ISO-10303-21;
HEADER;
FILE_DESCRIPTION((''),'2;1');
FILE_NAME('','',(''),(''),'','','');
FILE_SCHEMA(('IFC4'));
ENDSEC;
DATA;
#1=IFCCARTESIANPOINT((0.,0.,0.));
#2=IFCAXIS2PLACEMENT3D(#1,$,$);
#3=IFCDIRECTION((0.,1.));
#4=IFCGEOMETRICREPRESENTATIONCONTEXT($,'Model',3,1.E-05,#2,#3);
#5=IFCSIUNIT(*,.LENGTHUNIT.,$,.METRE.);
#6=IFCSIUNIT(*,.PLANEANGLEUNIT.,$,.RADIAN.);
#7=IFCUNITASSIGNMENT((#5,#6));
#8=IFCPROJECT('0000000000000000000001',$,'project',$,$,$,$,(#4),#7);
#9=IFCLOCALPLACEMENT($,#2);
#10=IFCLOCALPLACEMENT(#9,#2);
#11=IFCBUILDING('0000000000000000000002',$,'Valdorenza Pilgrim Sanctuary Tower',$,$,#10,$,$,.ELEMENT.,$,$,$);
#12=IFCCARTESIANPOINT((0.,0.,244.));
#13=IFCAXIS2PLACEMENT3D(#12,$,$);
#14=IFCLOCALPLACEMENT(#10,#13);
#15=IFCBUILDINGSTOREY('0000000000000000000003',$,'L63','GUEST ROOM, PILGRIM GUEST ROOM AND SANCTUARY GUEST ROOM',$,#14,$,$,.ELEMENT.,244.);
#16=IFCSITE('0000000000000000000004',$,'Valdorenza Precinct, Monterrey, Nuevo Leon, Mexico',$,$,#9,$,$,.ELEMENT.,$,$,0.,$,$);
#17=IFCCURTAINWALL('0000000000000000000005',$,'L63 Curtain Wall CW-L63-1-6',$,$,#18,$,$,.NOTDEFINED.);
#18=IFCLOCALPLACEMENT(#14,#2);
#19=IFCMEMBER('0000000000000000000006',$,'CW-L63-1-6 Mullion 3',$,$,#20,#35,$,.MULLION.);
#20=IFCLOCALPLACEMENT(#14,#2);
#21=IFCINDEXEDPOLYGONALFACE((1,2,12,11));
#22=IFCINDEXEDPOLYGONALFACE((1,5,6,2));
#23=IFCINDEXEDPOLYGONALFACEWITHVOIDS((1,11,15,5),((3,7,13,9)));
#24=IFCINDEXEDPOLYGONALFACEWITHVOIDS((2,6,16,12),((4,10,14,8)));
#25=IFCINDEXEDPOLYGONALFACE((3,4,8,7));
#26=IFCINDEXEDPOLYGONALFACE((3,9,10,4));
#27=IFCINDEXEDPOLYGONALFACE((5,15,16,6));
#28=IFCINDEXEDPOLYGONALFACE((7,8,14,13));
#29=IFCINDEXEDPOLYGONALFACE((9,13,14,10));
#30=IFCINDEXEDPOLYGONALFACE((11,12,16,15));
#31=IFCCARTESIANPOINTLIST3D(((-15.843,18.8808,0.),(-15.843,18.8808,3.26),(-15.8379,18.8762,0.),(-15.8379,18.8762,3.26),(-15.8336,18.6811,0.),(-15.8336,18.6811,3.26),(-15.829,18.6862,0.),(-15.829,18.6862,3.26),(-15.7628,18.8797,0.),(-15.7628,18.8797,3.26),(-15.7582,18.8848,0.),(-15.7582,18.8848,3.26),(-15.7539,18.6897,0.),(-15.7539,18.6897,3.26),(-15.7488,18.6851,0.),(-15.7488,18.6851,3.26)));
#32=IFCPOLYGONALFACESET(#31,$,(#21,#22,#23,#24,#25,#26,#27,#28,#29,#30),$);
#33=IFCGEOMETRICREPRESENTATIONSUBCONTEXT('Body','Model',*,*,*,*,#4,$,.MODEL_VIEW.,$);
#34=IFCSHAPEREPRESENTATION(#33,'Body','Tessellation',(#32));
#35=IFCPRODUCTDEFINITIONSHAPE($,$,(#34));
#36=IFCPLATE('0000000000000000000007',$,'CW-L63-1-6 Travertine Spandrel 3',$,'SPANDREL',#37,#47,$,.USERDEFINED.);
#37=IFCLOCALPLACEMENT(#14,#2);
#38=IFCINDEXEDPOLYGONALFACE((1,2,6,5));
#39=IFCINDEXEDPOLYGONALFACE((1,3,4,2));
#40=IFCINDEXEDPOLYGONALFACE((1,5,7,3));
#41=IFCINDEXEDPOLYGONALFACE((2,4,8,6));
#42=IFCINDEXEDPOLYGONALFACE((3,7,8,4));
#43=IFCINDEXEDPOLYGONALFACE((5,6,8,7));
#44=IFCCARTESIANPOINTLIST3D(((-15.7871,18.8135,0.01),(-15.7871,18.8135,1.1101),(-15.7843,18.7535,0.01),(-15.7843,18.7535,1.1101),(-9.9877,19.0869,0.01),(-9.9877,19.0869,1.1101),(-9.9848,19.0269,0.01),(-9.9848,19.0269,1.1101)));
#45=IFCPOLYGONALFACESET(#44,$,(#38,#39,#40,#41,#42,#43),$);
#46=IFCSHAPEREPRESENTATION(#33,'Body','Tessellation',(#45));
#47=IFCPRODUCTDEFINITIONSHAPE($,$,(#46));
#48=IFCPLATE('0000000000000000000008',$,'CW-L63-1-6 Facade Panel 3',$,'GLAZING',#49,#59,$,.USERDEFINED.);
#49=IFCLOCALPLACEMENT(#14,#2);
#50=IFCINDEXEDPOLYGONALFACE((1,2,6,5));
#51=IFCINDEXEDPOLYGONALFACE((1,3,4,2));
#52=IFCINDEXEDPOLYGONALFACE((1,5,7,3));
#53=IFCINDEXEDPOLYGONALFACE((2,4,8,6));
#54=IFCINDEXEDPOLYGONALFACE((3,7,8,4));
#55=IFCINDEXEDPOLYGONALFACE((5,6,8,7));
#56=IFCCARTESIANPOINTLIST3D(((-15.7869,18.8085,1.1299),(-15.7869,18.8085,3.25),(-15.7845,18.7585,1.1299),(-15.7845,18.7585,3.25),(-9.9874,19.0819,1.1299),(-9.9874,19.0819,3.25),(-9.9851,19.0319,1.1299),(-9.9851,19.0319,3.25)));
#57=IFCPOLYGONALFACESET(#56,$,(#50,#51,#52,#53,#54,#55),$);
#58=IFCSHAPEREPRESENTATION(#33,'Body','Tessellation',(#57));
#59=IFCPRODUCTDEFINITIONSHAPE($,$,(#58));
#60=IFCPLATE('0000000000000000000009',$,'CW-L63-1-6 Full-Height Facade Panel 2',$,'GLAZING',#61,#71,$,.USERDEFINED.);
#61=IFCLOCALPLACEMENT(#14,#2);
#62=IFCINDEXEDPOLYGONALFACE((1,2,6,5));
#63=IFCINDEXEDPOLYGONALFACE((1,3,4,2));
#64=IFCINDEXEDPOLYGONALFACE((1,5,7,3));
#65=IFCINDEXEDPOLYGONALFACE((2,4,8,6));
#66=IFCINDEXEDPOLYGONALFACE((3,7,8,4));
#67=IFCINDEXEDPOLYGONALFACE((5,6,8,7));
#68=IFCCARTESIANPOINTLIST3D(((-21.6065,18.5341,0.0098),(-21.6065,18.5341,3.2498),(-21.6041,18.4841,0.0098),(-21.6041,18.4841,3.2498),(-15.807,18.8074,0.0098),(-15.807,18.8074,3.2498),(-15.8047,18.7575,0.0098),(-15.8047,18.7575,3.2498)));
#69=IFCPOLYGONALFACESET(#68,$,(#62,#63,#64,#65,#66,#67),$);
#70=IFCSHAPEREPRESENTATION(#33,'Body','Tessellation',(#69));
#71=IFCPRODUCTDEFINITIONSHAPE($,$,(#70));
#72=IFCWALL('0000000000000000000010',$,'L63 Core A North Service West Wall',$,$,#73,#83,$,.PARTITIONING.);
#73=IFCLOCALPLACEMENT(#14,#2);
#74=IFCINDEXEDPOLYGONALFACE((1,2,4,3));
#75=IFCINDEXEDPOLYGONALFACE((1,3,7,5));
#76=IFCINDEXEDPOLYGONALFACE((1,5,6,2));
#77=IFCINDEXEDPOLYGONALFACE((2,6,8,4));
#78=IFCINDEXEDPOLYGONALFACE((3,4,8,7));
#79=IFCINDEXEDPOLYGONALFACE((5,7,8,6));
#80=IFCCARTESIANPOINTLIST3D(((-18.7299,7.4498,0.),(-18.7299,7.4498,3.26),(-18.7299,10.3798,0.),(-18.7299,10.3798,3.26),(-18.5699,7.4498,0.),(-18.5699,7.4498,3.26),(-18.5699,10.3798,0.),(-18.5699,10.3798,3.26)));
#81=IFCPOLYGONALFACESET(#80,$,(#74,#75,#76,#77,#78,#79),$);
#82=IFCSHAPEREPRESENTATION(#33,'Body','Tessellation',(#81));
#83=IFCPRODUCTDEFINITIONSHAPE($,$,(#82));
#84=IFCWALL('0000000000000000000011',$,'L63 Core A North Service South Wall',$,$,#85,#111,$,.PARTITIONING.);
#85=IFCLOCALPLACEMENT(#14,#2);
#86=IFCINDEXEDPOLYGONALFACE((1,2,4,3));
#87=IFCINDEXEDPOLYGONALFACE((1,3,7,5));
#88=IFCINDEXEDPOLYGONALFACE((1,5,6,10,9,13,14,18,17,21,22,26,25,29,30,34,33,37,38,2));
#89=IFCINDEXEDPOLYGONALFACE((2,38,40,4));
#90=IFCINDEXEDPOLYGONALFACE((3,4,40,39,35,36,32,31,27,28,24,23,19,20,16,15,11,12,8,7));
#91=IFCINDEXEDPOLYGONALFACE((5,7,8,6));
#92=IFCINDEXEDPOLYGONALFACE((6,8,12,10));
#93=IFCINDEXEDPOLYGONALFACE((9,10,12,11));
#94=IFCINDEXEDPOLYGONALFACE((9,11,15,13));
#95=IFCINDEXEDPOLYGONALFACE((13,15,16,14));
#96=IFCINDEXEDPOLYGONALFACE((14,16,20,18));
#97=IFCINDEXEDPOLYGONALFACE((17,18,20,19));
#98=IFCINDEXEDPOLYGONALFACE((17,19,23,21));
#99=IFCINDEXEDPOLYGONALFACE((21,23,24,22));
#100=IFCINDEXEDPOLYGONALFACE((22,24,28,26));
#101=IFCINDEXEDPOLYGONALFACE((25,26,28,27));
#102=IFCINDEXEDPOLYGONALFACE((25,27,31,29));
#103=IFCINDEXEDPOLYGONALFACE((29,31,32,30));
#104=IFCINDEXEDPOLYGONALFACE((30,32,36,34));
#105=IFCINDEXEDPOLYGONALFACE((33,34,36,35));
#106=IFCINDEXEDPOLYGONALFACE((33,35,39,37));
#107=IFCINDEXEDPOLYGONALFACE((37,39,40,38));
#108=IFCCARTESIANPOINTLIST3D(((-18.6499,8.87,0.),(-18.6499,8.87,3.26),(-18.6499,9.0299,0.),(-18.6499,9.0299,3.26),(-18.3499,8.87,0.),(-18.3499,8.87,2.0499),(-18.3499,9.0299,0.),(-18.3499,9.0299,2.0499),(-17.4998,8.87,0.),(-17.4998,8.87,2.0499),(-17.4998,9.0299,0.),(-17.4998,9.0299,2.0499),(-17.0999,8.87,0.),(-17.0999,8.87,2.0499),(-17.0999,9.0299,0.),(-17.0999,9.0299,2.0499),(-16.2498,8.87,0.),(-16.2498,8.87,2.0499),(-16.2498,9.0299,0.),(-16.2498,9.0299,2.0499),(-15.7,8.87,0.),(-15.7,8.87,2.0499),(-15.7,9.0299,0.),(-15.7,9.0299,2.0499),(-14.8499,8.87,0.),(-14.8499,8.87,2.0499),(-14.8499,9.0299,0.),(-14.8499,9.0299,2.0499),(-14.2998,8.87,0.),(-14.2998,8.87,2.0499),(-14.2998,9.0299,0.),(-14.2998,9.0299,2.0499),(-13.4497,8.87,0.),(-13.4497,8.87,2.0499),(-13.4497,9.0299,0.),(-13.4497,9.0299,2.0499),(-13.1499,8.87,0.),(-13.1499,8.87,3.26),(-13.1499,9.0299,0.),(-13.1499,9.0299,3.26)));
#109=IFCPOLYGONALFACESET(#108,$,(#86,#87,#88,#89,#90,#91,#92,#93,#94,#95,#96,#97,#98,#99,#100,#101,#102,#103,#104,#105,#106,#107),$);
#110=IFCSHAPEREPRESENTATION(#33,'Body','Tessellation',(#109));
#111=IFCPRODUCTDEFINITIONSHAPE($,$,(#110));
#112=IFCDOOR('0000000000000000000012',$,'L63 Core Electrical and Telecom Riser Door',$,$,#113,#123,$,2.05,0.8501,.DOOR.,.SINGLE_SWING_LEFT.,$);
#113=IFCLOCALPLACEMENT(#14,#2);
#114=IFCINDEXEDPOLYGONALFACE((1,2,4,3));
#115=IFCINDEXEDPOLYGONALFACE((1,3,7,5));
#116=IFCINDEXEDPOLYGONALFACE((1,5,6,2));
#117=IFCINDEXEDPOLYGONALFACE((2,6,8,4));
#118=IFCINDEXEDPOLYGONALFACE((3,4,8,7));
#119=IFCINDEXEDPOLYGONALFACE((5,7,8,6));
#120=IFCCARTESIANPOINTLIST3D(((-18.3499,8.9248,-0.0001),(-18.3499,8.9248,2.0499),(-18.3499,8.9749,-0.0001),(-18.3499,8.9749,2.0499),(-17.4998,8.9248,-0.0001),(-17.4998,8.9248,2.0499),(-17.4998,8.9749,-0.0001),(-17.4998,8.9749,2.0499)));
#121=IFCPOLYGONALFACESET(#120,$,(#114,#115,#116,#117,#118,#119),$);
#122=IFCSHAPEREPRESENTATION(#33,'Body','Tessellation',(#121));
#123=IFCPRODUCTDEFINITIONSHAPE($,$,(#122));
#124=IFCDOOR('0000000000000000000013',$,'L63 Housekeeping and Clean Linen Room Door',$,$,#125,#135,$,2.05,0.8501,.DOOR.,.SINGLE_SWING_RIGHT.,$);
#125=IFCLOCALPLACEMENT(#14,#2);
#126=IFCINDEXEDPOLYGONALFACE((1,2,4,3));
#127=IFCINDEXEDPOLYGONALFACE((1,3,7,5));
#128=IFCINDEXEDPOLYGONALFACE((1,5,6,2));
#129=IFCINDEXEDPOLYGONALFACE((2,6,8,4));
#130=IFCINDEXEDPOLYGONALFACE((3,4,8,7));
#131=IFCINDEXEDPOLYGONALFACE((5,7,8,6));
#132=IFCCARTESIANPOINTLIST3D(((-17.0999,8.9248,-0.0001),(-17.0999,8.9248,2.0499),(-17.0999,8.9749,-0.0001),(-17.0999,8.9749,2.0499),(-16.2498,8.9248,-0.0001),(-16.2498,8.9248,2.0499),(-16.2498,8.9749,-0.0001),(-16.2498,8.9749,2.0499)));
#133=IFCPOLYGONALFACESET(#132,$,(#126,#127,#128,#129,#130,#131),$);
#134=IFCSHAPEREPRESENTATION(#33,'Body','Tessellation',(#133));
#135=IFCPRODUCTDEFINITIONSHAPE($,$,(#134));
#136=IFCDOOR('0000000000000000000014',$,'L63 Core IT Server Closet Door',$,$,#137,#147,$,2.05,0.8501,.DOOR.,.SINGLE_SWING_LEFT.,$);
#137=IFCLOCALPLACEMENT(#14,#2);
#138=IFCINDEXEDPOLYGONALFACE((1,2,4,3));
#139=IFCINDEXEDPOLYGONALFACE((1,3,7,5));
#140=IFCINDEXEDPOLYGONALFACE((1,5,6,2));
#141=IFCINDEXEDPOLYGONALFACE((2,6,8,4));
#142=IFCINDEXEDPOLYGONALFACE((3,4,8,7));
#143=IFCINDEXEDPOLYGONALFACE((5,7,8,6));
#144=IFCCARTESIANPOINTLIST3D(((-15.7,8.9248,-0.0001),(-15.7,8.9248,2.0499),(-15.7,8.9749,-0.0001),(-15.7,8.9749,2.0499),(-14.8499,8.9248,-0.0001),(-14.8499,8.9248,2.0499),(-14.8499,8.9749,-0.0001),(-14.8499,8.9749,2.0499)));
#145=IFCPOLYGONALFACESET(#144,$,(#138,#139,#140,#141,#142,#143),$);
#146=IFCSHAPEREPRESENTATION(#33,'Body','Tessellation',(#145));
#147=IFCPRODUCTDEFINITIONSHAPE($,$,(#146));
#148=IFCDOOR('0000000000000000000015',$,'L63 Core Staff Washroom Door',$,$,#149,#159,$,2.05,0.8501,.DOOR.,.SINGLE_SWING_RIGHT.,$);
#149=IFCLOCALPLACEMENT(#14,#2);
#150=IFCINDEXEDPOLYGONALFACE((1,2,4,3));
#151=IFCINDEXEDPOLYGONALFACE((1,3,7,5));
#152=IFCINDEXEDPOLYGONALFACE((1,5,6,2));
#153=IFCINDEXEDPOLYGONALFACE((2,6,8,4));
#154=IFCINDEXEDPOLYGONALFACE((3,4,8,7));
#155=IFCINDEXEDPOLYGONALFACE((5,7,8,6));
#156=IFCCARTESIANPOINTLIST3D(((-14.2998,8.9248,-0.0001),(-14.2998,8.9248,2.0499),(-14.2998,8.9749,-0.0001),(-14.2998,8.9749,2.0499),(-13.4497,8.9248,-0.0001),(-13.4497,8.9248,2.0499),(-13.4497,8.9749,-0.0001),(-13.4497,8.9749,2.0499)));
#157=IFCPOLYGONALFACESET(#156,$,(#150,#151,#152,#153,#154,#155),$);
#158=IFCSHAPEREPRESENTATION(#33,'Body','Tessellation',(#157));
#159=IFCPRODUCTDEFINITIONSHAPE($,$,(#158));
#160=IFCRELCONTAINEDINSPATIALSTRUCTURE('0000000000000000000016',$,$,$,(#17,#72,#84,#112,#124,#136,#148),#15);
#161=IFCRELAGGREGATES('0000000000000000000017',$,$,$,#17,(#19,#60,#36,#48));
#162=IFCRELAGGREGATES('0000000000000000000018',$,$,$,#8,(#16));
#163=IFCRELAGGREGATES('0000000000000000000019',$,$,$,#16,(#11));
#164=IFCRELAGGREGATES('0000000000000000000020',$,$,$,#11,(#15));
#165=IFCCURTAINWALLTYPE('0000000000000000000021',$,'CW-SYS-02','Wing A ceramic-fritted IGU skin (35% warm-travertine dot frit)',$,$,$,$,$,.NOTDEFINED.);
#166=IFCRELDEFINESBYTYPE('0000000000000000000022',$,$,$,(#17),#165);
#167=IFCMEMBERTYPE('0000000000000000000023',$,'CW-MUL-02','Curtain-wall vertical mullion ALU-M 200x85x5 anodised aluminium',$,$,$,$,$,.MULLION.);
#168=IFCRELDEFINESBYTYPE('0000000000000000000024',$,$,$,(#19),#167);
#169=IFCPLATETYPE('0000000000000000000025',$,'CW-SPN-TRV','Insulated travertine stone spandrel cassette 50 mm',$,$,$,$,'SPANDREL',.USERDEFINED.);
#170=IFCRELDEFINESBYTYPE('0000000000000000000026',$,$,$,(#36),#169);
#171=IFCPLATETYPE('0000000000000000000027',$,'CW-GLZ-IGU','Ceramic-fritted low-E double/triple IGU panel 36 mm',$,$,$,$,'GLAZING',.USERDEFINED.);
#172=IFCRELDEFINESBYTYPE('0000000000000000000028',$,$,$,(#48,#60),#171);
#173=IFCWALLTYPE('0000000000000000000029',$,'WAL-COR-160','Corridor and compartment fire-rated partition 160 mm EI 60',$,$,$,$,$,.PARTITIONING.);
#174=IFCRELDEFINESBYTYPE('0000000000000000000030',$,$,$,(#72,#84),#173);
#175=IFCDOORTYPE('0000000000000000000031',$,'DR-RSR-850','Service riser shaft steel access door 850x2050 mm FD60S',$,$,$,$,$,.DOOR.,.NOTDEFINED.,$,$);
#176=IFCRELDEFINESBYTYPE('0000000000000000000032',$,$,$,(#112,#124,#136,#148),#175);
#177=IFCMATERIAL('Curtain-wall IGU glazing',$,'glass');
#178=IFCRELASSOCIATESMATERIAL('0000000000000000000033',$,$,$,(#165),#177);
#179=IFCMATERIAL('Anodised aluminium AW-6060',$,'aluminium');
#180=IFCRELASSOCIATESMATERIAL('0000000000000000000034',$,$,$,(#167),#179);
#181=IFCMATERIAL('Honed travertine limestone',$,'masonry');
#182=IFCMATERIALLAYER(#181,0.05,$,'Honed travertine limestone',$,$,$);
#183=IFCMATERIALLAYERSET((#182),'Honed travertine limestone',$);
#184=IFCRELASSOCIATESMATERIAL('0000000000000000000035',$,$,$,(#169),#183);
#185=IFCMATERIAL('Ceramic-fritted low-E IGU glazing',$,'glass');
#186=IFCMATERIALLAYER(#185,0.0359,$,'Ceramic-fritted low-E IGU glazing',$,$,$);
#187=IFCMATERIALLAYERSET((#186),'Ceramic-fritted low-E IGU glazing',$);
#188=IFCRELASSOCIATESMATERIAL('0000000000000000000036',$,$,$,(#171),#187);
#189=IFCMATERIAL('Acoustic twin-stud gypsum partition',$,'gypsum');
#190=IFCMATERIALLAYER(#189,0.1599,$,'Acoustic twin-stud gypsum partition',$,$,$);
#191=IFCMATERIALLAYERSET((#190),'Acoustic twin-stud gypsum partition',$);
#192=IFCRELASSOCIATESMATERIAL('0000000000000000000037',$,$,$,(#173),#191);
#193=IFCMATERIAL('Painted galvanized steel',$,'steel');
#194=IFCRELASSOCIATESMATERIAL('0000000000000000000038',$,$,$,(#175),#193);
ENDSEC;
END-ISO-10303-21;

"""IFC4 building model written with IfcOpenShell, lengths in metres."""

from ifc_helpers import new_model, si_unit, direction, frame, frame_2d, origin, origin_2d, place, context, subcontext, project, spatial, rectangle, hollow_rectangle, extrude, source, transform, mapped, material, layer, layer_set, material_profile, profile_set, type_object, element, fill, aggregate, save


model = new_model("IFC4")

# Units and contexts
model_context = context("Model", 3, precision=1e-05, world=origin(), true_north=direction((0.0, 1.0)))
body_context = subcontext(model_context, "Body", "Model", "MODEL_VIEW")
ifc_project = project(units=[si_unit("LENGTHUNIT", "METRE"), si_unit("PLANEANGLEUNIT", "RADIAN")], contexts=[model_context])

# Site, building, storey
site_placement = place(None, origin())
site = spatial("IfcSite", under=ifc_project, at=site_placement, Name="Valdorenza Precinct, Monterrey, Nuevo Leon, Mexico", CompositionType="ELEMENT", RefElevation=0.0)
building_placement = place(site_placement, origin())
building = spatial("IfcBuilding", under=site, at=building_placement, Name="Valdorenza Pilgrim Sanctuary Tower", CompositionType="ELEMENT")
storey_placement = place(building_placement, frame((0.0, 0.0, 244.0)))
storey = spatial("IfcBuildingStorey", under=building, at=storey_placement, Name="L63", Description="GUEST ROOM, PILGRIM GUEST ROOM AND SANCTUARY GUEST ROOM", CompositionType="ELEMENT", Elevation=244.0)

# Curtain wall, member, plates
ifc_material_1 = material(Name="Curtain-wall IGU glazing", Category="glass")
curtain_wall_type = type_object("IfcCurtainWallType", Name="CW-SYS-02", Description="Wing A ceramic-fritted IGU skin (35% warm-travertine dot frit)", PredefinedType="NOTDEFINED", material=ifc_material_1)
curtain_wall_placement = place(storey_placement, origin())
curtain_wall = element("IfcCurtainWall", 1, at=curtain_wall_placement, inside=storey, type_object=curtain_wall_type, Name="L63 Curtain Wall CW-L63-1-6", PredefinedType="NOTDEFINED")
ifc_material_2 = material(Name="Anodised aluminium AW-6060", Category="aluminium")
ifc_material_profile = material_profile(ifc_material_2, hollow_rectangle(XDim=0.085, YDim=0.2, WallThickness=0.0049, at=origin_2d()), Name="ALU-M 200x85x5")
ifc_profile_set = profile_set([ifc_material_profile], Name="Anodised aluminium AW-6060")
member_type = type_object("IfcMemberType", Name="CW-MUL-02", Description="Curtain-wall vertical mullion ALU-M 200x85x5 anodised aluminium", PredefinedType="MULLION", material=ifc_profile_set)
shared_shape_1 = source(origin(), body_context, "Body", "SweptSolid", [
    extrude(hollow_rectangle(XDim=0.085, YDim=0.2, WallThickness=0.0049, at=origin_2d()), origin(), (0.0, 0.0, 1.0), 3.26),
])
member_placement = place(storey_placement, frame((-15.7959, 18.783, 0.0), z_axis=(0.0, 0.0, 1.0), x_axis=(0.998891, 0.047089, 0.0)))
member = element("IfcMember", 2, at=member_placement, type_object=member_type, Name="CW-L63-1-6 Mullion 3", PredefinedType="MULLION", context=body_context, shape_type="MappedRepresentation", body=[
    mapped(shared_shape_1, transform((0.0, 0.0, 0.0), x_axis=(1.0, 0.0, 0.0), y_axis=(0.0, 1.0, 0.0), z_axis=(0.0, 0.0, 1.0), scale=1.0)),
])
ifc_material_3 = material(Name="Honed travertine limestone", Category="masonry")
ifc_layer_1 = layer(ifc_material_3, 0.05, Name="Honed travertine limestone")
ifc_layer_set_1 = layer_set([ifc_layer_1], Name="Honed travertine limestone")
plate_type_1 = type_object("IfcPlateType", Name="CW-SPN-TRV", Description="Insulated travertine stone spandrel cassette 50 mm", ElementType="SPANDREL", PredefinedType="USERDEFINED", material=ifc_layer_set_1)
shared_shape_2 = source(origin(), body_context, "Body", "SweptSolid", [
    extrude(rectangle(XDim=5.8059, YDim=0.0601, at=origin_2d()), origin(), (0.0, 0.0, 1.0), 1.1001),
])
plate_1_placement = place(storey_placement, frame((-12.886, 18.9202, 0.01), z_axis=(0.0, 0.0, 1.0), x_axis=(0.998891, 0.047089, 0.0)))
plate_1 = element("IfcPlate", 3, at=plate_1_placement, type_object=plate_type_1, Name="CW-L63-1-6 Travertine Spandrel 3", ObjectType="SPANDREL", PredefinedType="USERDEFINED", context=body_context, shape_type="MappedRepresentation", body=[
    mapped(shared_shape_2, transform((0.0, 0.0, 0.0), x_axis=(1.0, 0.0, 0.0), y_axis=(0.0, 1.0, 0.0), z_axis=(0.0, 0.0, 1.0), scale=1.0)),
])
ifc_material_4 = material(Name="Ceramic-fritted low-E IGU glazing", Category="glass")
ifc_layer_2 = layer(ifc_material_4, 0.0359, Name="Ceramic-fritted low-E IGU glazing")
ifc_layer_set_2 = layer_set([ifc_layer_2], Name="Ceramic-fritted low-E IGU glazing")
plate_type_2 = type_object("IfcPlateType", Name="CW-GLZ-IGU", Description="Ceramic-fritted low-E double/triple IGU panel 36 mm", ElementType="GLAZING", PredefinedType="USERDEFINED", material=ifc_layer_set_2)
shared_shape_3 = source(origin(), body_context, "Body", "SweptSolid", [
    extrude(rectangle(XDim=5.8059, YDim=0.05, at=origin_2d()), origin(), (0.0, 0.0, 1.0), 2.1201),
])
plate_2_placement = place(storey_placement, frame((-12.886, 18.9202, 1.1299), z_axis=(0.0, 0.0, 1.0), x_axis=(0.998891, 0.047089, 0.0)))
plate_2 = element("IfcPlate", 4, at=plate_2_placement, type_object=plate_type_2, Name="CW-L63-1-6 Facade Panel 3", ObjectType="GLAZING", PredefinedType="USERDEFINED", context=body_context, shape_type="MappedRepresentation", body=[
    mapped(shared_shape_3, transform((0.0, 0.0, 0.0), x_axis=(1.0, 0.0, 0.0), y_axis=(0.0, 1.0, 0.0), z_axis=(0.0, 0.0, 1.0), scale=1.0)),
])
shared_shape_4 = source(origin(), body_context, "Body", "SweptSolid", [
    extrude(rectangle(XDim=5.8059, YDim=0.05, at=origin_2d()), origin(), (0.0, 0.0, 1.0), 3.24),
])
plate_3_placement = place(storey_placement, frame((-18.7056, 18.6458, 0.0098), z_axis=(0.0, 0.0, 1.0), x_axis=(0.998891, 0.047089, 0.0)))
plate_3 = element("IfcPlate", 5, at=plate_3_placement, type_object=plate_type_2, Name="CW-L63-1-6 Full-Height Facade Panel 2", ObjectType="GLAZING", PredefinedType="USERDEFINED", context=body_context, shape_type="MappedRepresentation", body=[
    mapped(shared_shape_4, transform((0.0, 0.0, 0.0), x_axis=(1.0, 0.0, 0.0), y_axis=(0.0, 1.0, 0.0), z_axis=(0.0, 0.0, 1.0), scale=1.0)),
])
aggregate(curtain_wall, [member, plate_3, plate_1, plate_2])

# Wall
ifc_material_5 = material(Name="Acoustic twin-stud gypsum partition", Category="gypsum")
ifc_layer_3 = layer(ifc_material_5, 0.1599, Name="Acoustic twin-stud gypsum partition")
ifc_layer_set_3 = layer_set([ifc_layer_3], Name="Acoustic twin-stud gypsum partition")
wall_type_1 = type_object("IfcWallType", Name="WAL-COR-160", Description="Corridor and compartment fire-rated partition 160 mm EI 60", PredefinedType="PARTITIONING", material=ifc_layer_set_3)
wall_1_placement = place(storey_placement, frame((-18.6499, 7.45, 0.0), z_axis=(0.0, 0.0, 1.0), x_axis=(0.0, 1.0, 0.0)))
element("IfcWall", 6, at=wall_1_placement, inside=storey, type_object=wall_type_1, Name="L63 Core A North Service West Wall", PredefinedType="PARTITIONING", context=body_context, shape_type="SweptSolid", body=[
    extrude(rectangle(XDim=2.9299, YDim=0.1599, at=frame_2d((1.4648, 0.0))), origin(), (0.0, 0.0, 1.0), 3.26),
])

# Wall, openings, doors
wall_2_placement = place(storey_placement, frame((-18.6499, 8.95, 0.0), z_axis=(0.0, 0.0, 1.0), x_axis=(1.0, 0.0, 0.0)))
wall_2 = element("IfcWall", 7, at=wall_2_placement, inside=storey, type_object=wall_type_1, Name="L63 Core A North Service South Wall", PredefinedType="PARTITIONING", context=body_context, shape_type="SweptSolid", body=[
    extrude(rectangle(XDim=5.5, YDim=0.1599, at=frame_2d((2.75, 0.0))), origin(), (0.0, 0.0, 1.0), 3.26),
])
opening_1_placement = place(wall_2_placement, frame((0.3, 0.0, 0.0)))
opening_1 = element("IfcOpeningElement", 8, at=opening_1_placement, cuts=wall_2, PredefinedType="OPENING", context=body_context, shape_type="SweptSolid", body=[
    extrude(rectangle(XDim=0.8501, YDim=2.05, at=frame_2d((0.425, 1.0249))), frame((0.0, 0.0947, 0.0), z_axis=(0.0, -1.0, 0.0), x_axis=(1.0, 0.0, 0.0)), (0.0, 0.0, 1.0), 0.1897),
])
opening_2_placement = place(wall_2_placement, frame((1.55, 0.0, 0.0)))
opening_2 = element("IfcOpeningElement", 9, at=opening_2_placement, cuts=wall_2, PredefinedType="OPENING", context=body_context, shape_type="SweptSolid", body=[
    extrude(rectangle(XDim=0.8501, YDim=2.05, at=frame_2d((0.425, 1.0249))), frame((0.0, 0.0947, 0.0), z_axis=(0.0, -1.0, 0.0), x_axis=(1.0, 0.0, 0.0)), (0.0, 0.0, 1.0), 0.1897),
])
opening_3_placement = place(wall_2_placement, frame((2.95, 0.0, 0.0)))
opening_3 = element("IfcOpeningElement", 10, at=opening_3_placement, cuts=wall_2, PredefinedType="OPENING", context=body_context, shape_type="SweptSolid", body=[
    extrude(rectangle(XDim=0.8501, YDim=2.05, at=frame_2d((0.425, 1.0249))), frame((0.0, 0.0947, 0.0), z_axis=(0.0, -1.0, 0.0), x_axis=(1.0, 0.0, 0.0)), (0.0, 0.0, 1.0), 0.1897),
])
opening_4_placement = place(wall_2_placement, frame((4.3501, 0.0, 0.0)))
opening_4 = element("IfcOpeningElement", 11, at=opening_4_placement, cuts=wall_2, PredefinedType="OPENING", context=body_context, shape_type="SweptSolid", body=[
    extrude(rectangle(XDim=0.8501, YDim=2.05, at=frame_2d((0.425, 1.0249))), frame((0.0, 0.0947, 0.0), z_axis=(0.0, -1.0, 0.0), x_axis=(1.0, 0.0, 0.0)), (0.0, 0.0, 1.0), 0.1897),
])
ifc_material_6 = material(Name="Painted galvanized steel", Category="steel")
door_type_1 = type_object("IfcDoorType", Name="DR-RSR-850", Description="Service riser shaft steel access door 850x2050 mm FD60S", OperationType="NOTDEFINED", PredefinedType="DOOR", material=ifc_material_6)
door_1_placement = place(opening_1_placement, origin())
door_1 = element("IfcDoor", 12, at=door_1_placement, inside=storey, type_object=door_type_1, Name="L63 Core Electrical and Telecom Riser Door", OperationType="SINGLE_SWING_LEFT", OverallHeight=2.05, OverallWidth=0.8501, PredefinedType="DOOR", context=body_context, shape_type="SweptSolid", body=[
    extrude(rectangle(XDim=0.8501, YDim=2.05, at=frame_2d((0.425, 1.0249))), frame((0.0, 0.0249, 0.0), z_axis=(0.0, -1.0, 0.0), x_axis=(1.0, 0.0, 0.0)), (0.0, 0.0, 1.0), 0.05),
])
fill(opening_1, door_1)
door_2_placement = place(opening_2_placement, origin())
door_2 = element("IfcDoor", 13, at=door_2_placement, inside=storey, type_object=door_type_1, Name="L63 Housekeeping and Clean Linen Room Door", OperationType="SINGLE_SWING_RIGHT", OverallHeight=2.05, OverallWidth=0.8501, PredefinedType="DOOR", context=body_context, shape_type="SweptSolid", body=[
    extrude(rectangle(XDim=0.8501, YDim=2.05, at=frame_2d((0.425, 1.0249))), frame((0.0, 0.0249, 0.0), z_axis=(0.0, -1.0, 0.0), x_axis=(1.0, 0.0, 0.0)), (0.0, 0.0, 1.0), 0.05),
])
fill(opening_2, door_2)
door_3_placement = place(opening_3_placement, origin())
door_3 = element("IfcDoor", 14, at=door_3_placement, inside=storey, type_object=door_type_1, Name="L63 Core IT Server Closet Door", OperationType="SINGLE_SWING_LEFT", OverallHeight=2.05, OverallWidth=0.8501, PredefinedType="DOOR", context=body_context, shape_type="SweptSolid", body=[
    extrude(rectangle(XDim=0.8501, YDim=2.05, at=frame_2d((0.425, 1.0249))), frame((0.0, 0.0249, 0.0), z_axis=(0.0, -1.0, 0.0), x_axis=(1.0, 0.0, 0.0)), (0.0, 0.0, 1.0), 0.05),
])
fill(opening_3, door_3)
door_4_placement = place(opening_4_placement, origin())
door_4 = element("IfcDoor", 15, at=door_4_placement, inside=storey, type_object=door_type_1, Name="L63 Core Staff Washroom Door", OperationType="SINGLE_SWING_RIGHT", OverallHeight=2.05, OverallWidth=0.8501, PredefinedType="DOOR", context=body_context, shape_type="SweptSolid", body=[
    extrude(rectangle(XDim=0.8501, YDim=2.05, at=frame_2d((0.425, 1.0249))), frame((0.0, 0.0249, 0.0), z_axis=(0.0, -1.0, 0.0), x_axis=(1.0, 0.0, 0.0)), (0.0, 0.0, 1.0), 0.05),
])
fill(opening_4, door_4)

save(model, "model.ifc")
